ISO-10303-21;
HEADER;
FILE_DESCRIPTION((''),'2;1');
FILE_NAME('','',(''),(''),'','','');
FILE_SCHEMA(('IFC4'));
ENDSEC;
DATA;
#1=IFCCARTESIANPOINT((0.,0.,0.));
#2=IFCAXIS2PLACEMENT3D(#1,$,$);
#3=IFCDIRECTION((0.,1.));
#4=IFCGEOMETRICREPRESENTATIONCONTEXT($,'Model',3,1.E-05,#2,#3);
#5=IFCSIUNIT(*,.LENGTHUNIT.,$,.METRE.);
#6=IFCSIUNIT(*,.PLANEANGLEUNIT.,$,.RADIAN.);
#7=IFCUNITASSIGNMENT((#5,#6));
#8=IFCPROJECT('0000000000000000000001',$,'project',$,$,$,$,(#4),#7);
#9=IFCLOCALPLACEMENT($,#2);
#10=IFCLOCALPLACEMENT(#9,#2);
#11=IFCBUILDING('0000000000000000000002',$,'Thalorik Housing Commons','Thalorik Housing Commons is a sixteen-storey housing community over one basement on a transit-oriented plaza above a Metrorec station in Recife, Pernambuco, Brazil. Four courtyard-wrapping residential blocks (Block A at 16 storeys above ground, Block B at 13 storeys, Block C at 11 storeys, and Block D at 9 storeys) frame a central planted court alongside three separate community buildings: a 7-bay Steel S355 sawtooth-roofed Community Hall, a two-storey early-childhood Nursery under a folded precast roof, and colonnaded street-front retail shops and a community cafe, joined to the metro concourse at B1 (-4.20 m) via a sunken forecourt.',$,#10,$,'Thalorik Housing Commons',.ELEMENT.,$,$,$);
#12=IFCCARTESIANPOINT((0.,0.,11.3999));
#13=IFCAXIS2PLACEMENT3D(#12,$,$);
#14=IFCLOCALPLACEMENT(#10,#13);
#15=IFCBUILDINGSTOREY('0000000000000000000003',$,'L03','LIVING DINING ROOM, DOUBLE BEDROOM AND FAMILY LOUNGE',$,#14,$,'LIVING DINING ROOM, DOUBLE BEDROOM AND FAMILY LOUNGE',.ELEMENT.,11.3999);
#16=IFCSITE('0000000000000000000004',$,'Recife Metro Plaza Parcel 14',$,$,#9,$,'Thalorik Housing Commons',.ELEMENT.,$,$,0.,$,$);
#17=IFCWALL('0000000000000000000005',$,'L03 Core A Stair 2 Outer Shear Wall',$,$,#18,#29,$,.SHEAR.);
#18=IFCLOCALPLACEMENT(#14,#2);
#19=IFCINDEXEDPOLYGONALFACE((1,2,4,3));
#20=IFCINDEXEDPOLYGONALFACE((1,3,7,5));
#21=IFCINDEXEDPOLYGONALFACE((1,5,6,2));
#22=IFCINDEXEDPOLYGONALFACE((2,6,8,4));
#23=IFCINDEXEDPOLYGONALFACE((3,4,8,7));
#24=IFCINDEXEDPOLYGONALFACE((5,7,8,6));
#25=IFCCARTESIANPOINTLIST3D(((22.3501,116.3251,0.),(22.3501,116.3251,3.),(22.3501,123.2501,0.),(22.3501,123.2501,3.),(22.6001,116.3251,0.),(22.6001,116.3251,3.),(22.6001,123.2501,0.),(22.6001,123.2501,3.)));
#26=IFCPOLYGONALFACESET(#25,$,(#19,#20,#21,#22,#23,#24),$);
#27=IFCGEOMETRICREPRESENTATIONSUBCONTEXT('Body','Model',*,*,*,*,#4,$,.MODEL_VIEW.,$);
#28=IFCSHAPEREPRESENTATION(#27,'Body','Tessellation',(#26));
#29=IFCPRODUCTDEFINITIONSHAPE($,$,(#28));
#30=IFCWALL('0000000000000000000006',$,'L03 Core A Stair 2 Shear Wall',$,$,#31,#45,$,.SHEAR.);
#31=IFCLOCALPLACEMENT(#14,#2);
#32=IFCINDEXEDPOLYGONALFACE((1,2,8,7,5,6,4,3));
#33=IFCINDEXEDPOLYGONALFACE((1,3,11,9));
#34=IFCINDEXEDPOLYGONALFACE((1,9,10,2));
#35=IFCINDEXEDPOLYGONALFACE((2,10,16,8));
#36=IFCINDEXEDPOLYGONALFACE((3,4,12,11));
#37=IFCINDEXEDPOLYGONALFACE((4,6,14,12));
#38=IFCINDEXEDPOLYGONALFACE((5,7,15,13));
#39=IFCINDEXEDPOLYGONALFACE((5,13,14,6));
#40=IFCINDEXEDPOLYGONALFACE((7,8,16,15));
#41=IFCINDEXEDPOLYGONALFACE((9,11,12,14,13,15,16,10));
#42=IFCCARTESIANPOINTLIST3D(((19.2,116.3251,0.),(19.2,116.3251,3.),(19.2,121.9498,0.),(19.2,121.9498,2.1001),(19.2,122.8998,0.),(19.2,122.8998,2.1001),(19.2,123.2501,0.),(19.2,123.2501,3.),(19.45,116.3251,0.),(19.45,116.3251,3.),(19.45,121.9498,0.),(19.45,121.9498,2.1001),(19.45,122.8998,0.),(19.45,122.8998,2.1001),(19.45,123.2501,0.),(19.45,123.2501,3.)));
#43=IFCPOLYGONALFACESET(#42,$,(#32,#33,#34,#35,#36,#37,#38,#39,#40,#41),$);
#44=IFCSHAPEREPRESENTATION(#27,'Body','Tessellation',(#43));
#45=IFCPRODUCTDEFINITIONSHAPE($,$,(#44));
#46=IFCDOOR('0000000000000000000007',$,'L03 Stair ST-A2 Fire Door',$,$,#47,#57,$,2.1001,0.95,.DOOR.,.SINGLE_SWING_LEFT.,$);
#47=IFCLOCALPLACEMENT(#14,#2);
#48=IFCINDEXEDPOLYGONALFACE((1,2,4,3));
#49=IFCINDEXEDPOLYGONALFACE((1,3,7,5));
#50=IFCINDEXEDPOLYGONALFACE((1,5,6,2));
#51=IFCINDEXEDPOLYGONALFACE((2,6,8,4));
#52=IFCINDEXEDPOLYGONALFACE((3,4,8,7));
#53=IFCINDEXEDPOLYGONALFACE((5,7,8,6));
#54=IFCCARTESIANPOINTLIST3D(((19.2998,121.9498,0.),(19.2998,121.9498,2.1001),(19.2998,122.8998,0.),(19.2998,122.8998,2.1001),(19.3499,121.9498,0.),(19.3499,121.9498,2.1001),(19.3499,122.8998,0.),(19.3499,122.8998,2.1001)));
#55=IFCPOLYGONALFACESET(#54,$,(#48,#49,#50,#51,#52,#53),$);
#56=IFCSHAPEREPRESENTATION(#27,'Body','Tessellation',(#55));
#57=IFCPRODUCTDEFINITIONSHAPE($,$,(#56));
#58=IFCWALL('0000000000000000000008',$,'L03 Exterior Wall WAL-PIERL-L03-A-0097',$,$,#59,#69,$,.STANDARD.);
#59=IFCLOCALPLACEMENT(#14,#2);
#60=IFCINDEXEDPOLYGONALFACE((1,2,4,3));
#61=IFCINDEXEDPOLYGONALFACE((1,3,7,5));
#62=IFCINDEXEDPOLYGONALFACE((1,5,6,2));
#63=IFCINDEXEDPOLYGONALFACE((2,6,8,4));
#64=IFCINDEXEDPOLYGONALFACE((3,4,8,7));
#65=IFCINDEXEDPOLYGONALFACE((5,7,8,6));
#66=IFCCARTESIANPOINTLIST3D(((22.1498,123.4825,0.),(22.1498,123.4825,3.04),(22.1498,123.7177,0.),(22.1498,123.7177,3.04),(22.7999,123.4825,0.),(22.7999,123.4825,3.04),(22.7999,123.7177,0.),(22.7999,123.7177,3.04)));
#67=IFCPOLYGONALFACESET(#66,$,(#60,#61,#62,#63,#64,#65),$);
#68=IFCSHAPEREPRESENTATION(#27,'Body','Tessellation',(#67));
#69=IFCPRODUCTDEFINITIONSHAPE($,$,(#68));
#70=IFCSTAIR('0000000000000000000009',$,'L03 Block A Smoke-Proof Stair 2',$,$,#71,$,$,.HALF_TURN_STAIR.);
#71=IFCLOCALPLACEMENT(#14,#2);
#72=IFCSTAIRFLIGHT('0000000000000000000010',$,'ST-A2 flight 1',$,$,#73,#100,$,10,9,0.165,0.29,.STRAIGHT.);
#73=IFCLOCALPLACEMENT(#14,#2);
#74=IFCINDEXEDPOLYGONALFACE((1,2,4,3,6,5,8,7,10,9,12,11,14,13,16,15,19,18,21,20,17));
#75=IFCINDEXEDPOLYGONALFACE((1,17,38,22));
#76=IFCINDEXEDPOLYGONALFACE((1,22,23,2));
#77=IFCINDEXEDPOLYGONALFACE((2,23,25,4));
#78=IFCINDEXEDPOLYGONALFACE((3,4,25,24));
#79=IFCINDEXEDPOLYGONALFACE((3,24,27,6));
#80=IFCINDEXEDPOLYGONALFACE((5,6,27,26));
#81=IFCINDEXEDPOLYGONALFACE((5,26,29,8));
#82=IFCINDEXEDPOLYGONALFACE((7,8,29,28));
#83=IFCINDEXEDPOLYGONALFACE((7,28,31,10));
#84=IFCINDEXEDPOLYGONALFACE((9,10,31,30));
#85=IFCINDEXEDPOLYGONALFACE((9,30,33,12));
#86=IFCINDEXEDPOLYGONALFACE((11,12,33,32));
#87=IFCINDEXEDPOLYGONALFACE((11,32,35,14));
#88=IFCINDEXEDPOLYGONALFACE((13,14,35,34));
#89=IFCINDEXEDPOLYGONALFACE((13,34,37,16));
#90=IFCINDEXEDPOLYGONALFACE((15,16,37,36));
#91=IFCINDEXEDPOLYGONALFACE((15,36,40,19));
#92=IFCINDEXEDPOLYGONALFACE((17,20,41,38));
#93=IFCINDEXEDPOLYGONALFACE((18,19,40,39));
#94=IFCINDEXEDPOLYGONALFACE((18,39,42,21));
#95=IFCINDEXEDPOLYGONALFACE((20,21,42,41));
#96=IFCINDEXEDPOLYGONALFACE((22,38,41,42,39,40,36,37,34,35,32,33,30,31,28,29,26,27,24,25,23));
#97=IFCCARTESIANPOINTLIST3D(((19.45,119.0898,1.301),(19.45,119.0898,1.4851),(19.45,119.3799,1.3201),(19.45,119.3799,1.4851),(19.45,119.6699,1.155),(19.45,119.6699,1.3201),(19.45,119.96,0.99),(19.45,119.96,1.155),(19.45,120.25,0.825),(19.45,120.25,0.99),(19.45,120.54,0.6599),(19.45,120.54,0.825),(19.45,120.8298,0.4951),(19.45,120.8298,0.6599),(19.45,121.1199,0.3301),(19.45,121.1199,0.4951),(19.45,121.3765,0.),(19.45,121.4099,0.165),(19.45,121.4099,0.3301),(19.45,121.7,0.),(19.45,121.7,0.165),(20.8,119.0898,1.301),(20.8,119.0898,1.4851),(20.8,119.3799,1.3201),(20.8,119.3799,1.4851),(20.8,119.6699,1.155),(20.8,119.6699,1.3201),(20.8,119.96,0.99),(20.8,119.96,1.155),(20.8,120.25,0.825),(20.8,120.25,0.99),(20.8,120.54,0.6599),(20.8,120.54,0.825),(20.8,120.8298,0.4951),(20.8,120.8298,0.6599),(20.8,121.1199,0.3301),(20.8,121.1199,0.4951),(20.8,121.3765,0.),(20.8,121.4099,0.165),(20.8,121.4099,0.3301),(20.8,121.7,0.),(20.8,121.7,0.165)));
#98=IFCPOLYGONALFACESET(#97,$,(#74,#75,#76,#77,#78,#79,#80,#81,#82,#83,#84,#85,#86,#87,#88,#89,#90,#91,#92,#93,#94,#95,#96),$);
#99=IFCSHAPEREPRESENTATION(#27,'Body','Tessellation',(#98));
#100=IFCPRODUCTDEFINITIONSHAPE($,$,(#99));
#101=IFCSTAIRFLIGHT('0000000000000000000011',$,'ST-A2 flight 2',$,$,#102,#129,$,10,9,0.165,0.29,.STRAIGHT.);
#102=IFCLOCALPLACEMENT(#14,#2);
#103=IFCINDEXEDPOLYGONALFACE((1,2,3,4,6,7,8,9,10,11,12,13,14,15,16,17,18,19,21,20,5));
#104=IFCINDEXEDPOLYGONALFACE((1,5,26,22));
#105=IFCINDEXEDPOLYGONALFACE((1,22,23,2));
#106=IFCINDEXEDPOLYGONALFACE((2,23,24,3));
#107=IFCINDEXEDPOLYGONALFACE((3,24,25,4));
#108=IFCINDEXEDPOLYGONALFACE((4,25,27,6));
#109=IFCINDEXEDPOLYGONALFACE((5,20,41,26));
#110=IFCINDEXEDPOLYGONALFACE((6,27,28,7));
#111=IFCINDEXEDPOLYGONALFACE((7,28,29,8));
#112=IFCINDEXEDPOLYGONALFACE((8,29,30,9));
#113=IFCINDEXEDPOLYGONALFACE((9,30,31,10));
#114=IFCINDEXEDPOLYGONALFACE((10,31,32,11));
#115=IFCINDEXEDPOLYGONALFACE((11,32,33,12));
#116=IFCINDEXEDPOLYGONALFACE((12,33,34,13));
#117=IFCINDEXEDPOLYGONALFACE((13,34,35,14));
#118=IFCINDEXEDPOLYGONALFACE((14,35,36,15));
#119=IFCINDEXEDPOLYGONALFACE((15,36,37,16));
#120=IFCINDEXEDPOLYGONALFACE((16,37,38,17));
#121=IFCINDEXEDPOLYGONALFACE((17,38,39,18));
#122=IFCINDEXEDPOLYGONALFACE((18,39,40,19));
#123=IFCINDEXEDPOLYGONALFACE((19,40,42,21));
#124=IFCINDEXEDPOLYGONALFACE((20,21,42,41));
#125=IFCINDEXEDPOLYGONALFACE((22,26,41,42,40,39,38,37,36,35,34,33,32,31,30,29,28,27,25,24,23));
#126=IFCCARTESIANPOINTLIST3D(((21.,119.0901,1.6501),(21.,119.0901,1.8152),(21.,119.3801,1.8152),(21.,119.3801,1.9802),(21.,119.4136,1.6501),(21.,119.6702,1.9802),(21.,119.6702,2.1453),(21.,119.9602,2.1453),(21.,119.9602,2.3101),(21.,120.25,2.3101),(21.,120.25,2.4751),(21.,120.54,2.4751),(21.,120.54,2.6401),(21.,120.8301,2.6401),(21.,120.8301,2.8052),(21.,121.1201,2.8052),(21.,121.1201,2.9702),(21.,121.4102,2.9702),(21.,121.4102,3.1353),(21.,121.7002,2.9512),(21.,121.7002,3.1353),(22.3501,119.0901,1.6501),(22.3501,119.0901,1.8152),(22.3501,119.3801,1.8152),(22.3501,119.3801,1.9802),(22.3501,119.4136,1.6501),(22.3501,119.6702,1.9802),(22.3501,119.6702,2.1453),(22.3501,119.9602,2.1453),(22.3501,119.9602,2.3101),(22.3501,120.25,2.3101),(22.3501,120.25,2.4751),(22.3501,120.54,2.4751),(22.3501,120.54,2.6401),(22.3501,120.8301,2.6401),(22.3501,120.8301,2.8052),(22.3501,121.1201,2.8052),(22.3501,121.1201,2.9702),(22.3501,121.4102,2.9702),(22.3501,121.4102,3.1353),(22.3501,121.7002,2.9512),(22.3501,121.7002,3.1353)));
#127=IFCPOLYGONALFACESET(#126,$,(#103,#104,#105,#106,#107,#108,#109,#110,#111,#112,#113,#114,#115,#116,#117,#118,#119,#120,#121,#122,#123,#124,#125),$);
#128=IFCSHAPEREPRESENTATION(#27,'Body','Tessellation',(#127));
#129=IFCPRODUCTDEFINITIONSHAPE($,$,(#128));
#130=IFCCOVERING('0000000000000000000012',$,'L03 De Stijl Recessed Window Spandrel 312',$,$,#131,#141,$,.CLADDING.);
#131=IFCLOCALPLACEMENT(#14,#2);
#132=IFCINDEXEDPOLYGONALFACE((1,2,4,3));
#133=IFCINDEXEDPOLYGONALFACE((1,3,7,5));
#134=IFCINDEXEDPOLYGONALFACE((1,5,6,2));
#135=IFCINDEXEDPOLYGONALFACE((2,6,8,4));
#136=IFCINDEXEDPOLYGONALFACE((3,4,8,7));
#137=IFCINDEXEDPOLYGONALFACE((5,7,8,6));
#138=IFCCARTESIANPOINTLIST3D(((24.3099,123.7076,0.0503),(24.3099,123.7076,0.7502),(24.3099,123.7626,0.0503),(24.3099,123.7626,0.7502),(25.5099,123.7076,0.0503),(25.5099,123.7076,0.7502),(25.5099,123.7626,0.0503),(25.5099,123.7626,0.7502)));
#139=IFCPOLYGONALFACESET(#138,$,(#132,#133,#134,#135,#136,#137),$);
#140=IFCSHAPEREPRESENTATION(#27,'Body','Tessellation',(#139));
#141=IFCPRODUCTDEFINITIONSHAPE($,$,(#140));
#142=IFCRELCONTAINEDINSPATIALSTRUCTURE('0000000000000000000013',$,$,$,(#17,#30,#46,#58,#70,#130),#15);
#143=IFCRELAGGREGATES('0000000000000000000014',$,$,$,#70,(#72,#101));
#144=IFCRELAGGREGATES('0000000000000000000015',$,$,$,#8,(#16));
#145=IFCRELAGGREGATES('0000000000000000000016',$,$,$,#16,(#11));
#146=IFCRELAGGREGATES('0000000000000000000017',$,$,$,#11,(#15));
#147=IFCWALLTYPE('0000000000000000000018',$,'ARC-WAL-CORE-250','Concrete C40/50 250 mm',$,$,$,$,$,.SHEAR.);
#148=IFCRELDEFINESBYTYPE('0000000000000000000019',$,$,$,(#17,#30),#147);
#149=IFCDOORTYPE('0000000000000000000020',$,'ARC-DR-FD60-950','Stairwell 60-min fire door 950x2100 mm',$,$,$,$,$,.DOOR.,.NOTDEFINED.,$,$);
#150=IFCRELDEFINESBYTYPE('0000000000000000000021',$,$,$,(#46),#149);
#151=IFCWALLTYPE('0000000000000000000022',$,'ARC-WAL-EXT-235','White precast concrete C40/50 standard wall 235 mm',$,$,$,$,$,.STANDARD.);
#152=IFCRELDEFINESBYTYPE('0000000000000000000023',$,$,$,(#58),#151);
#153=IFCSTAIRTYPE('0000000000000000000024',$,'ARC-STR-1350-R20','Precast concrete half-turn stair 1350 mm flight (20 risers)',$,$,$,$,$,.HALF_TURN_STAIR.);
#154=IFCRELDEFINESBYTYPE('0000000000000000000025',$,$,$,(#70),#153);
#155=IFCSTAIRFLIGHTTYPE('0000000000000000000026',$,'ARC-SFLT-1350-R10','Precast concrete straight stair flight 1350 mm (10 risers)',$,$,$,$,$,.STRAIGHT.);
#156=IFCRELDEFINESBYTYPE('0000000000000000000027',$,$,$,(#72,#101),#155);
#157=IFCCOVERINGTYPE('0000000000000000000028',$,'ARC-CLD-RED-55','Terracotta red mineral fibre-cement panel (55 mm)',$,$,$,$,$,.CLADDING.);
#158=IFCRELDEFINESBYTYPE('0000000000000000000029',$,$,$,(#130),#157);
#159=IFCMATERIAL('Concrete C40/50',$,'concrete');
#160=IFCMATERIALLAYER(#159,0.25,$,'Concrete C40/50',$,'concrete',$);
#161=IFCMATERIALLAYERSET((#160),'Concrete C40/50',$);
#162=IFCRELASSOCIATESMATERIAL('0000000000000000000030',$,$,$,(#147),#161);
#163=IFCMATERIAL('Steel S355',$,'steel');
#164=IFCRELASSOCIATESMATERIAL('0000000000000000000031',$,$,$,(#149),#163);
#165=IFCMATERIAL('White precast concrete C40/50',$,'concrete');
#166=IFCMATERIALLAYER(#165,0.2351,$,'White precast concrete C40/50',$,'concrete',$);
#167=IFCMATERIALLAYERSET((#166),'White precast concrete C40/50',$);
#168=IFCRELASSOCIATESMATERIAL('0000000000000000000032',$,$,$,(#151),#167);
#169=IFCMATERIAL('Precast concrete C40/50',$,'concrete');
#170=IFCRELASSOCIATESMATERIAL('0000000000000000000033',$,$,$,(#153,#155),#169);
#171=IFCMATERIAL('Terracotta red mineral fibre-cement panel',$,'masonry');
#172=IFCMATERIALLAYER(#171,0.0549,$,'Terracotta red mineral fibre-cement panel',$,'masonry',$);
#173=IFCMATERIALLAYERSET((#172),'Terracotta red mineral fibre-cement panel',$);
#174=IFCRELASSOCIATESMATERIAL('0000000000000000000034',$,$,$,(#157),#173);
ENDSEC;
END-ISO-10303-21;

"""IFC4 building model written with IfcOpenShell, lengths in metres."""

from ifc_helpers import new_model, si_unit, direction, frame, frame_2d, origin, origin_2d, place, context, subcontext, project, spatial, polyline, rectangle, outline, extrude, material, layer, layer_set, type_object, element, fill, aggregate, save


model = new_model("IFC4")

# Units and contexts
model_context = context("Model", 3, precision=1e-05, world=origin(), true_north=direction((0.0, 1.0)))
body_context = subcontext(model_context, "Body", "Model", "MODEL_VIEW")
ifc_project = project(units=[si_unit("LENGTHUNIT", "METRE"), si_unit("PLANEANGLEUNIT", "RADIAN")], contexts=[model_context])

# Site, building, storey
site_placement = place(None, origin())
site = spatial("IfcSite", under=ifc_project, at=site_placement, Name="Recife Metro Plaza Parcel 14", LongName="Thalorik Housing Commons", CompositionType="ELEMENT", RefElevation=0.0)
building_placement = place(site_placement, origin())
building = spatial("IfcBuilding", under=site, at=building_placement, Name="Thalorik Housing Commons", Description="Thalorik Housing Commons is a sixteen-storey housing community over one basement on a transit-oriented plaza above a Metrorec station in Recife, Pernambuco, Brazil. Four courtyard-wrapping residential blocks (Block A at 16 storeys above ground, Block B at 13 storeys, Block C at 11 storeys, and Block D at 9 storeys) frame a central planted court alongside three separate community buildings: a 7-bay Steel S355 sawtooth-roofed Community Hall, a two-storey early-childhood Nursery under a folded precast roof, and colonnaded street-front retail shops and a community cafe, joined to the metro concourse at B1 (-4.20 m) via a sunken forecourt.", LongName="Thalorik Housing Commons", CompositionType="ELEMENT")
storey_placement = place(building_placement, frame((0.0, 0.0, 11.3999)))
storey = spatial("IfcBuildingStorey", under=building, at=storey_placement, Name="L03", Description="LIVING DINING ROOM, DOUBLE BEDROOM AND FAMILY LOUNGE", LongName="LIVING DINING ROOM, DOUBLE BEDROOM AND FAMILY LOUNGE", CompositionType="ELEMENT", Elevation=11.3999)

# Shared definitions
ifc_material_1 = material(Name="Precast concrete C40/50", Category="concrete")

# Wall
ifc_material_2 = material(Name="Concrete C40/50", Category="concrete")
ifc_layer_1 = layer(ifc_material_2, 0.25, Name="Concrete C40/50", Category="concrete")
ifc_layer_set_1 = layer_set([ifc_layer_1], Name="Concrete C40/50")
wall_type_1 = type_object("IfcWallType", Name="ARC-WAL-CORE-250", Description="Concrete C40/50 250 mm", PredefinedType="SHEAR", material=ifc_layer_set_1)
wall_1_placement = place(storey_placement, frame((22.4751, 123.25, 0.0), z_axis=(0.0, 0.0, 1.0), x_axis=(0.0, -1.0, 0.0)))
element("IfcWall", 1, at=wall_1_placement, inside=storey, type_object=wall_type_1, Name="L03 Core A Stair 2 Outer Shear Wall", PredefinedType="SHEAR", context=body_context, shape_type="SweptSolid", body=[
    extrude(rectangle(XDim=6.925, YDim=0.25, at=frame_2d((3.4624, 0.0))), origin(), (0.0, 0.0, 1.0), 3.0),
])

# Wall, opening, door
wall_2_placement = place(storey_placement, frame((19.325, 123.25, 0.0), z_axis=(0.0, 0.0, 1.0), x_axis=(0.0, -1.0, 0.0)))
wall_2 = element("IfcWall", 2, at=wall_2_placement, inside=storey, type_object=wall_type_1, Name="L03 Core A Stair 2 Shear Wall", PredefinedType="SHEAR", context=body_context, shape_type="SweptSolid", body=[
    extrude(rectangle(XDim=6.925, YDim=0.25, at=frame_2d((3.4624, 0.0))), origin(), (0.0, 0.0, 1.0), 3.0),
])
opening_1_placement = place(wall_2_placement, frame((0.3501, 0.0, 0.0)))
opening_1 = element("IfcOpeningElement", 3, at=opening_1_placement, cuts=wall_2, PredefinedType="OPENING", context=body_context, shape_type="SweptSolid", body=[
    extrude(rectangle(XDim=0.95, YDim=2.1001, at=frame_2d((0.4751, 1.05))), frame((0.0, 0.135, 0.0), z_axis=(0.0, -1.0, 0.0), x_axis=(1.0, 0.0, 0.0)), (0.0, 0.0, 1.0), 0.27),
])
ifc_material_3 = material(Name="Steel S355", Category="steel")
door_type_1 = type_object("IfcDoorType", Name="ARC-DR-FD60-950", Description="Stairwell 60-min fire door 950x2100 mm", OperationType="NOTDEFINED", PredefinedType="DOOR", material=ifc_material_3)
door_1_placement = place(opening_1_placement, origin())
door_1 = element("IfcDoor", 4, at=door_1_placement, inside=storey, type_object=door_type_1, Name="L03 Stair ST-A2 Fire Door", OperationType="SINGLE_SWING_LEFT", OverallHeight=2.1001, OverallWidth=0.95, PredefinedType="DOOR", context=body_context, shape_type="SweptSolid", body=[
    extrude(rectangle(XDim=0.95, YDim=2.1001, at=frame_2d((0.4751, 1.05))), frame((0.0, 0.0249, 0.0), z_axis=(0.0, -1.0, 0.0), x_axis=(1.0, 0.0, 0.0)), (0.0, 0.0, 1.0), 0.05),
])
fill(opening_1, door_1)

# Shared definitions
ifc_material_4 = material(Name="White precast concrete C40/50", Category="concrete")
ifc_layer_2 = layer(ifc_material_4, 0.2351, Name="White precast concrete C40/50", Category="concrete")
ifc_layer_set_2 = layer_set([ifc_layer_2], Name="White precast concrete C40/50")
wall_type_2 = type_object("IfcWallType", Name="ARC-WAL-EXT-235", Description="White precast concrete C40/50 standard wall 235 mm", PredefinedType="STANDARD", material=ifc_layer_set_2)

# Wall
wall_3_placement = place(storey_placement, frame((22.8, 123.6001, 0.0), z_axis=(0.0, 0.0, 1.0), x_axis=(-1.0, 0.0, 0.0)))
element("IfcWall", 5, at=wall_3_placement, inside=storey, type_object=wall_type_2, Name="L03 Exterior Wall WAL-PIERL-L03-A-0097", PredefinedType="STANDARD", context=body_context, shape_type="SweptSolid", body=[
    extrude(rectangle(XDim=0.6501, YDim=0.2351, at=frame_2d((0.3252, 0.0))), origin(), (0.0, 0.0, 1.0), 3.04),
])

# Stair, stair flights
stair_type = type_object("IfcStairType", Name="ARC-STR-1350-R20", Description="Precast concrete half-turn stair 1350 mm flight (20 risers)", PredefinedType="HALF_TURN_STAIR", material=ifc_material_1)
stair_placement = place(storey_placement, origin())
stair = element("IfcStair", 6, at=stair_placement, inside=storey, type_object=stair_type, Name="L03 Block A Smoke-Proof Stair 2", PredefinedType="HALF_TURN_STAIR")
stair_flight_type = type_object("IfcStairFlightType", Name="ARC-SFLT-1350-R10", Description="Precast concrete straight stair flight 1350 mm (10 risers)", PredefinedType="STRAIGHT", material=ifc_material_1)
stair_flight_1_placement = place(storey_placement, frame((20.125, 121.7, 0.0), z_axis=(0.0, 0.0, 1.0), x_axis=(0.0, -1.0, 0.0)))
stair_flight_1 = element("IfcStairFlight", 7, at=stair_flight_1_placement, type_object=stair_flight_type, Name="ST-A2 flight 1", NumberOfRisers=10, NumberOfTreads=9, PredefinedType="STRAIGHT", RiserHeight=0.165, TreadLength=0.29, context=body_context, shape_type="SweptSolid", body=[
    extrude(outline(polyline([(0.0, 0.0), (0.0, 0.165), (0.29, 0.165), (0.29, 0.3301), (0.5801, 0.3301), (0.5801, 0.4951), (0.8701, 0.4951), (0.8701, 0.6599), (1.1599, 0.6599), (1.1599, 0.825), (1.45, 0.825), (1.45, 0.99), (1.74, 0.99), (1.74, 1.155), (2.03, 1.155), (2.03, 1.3201), (2.3201, 1.3201), (2.3201, 1.4851), (2.6101, 1.4851), (2.6101, 1.6499), (2.6101, 1.301), (0.3235, 0.0), (0.0, 0.0)])), frame((0.0, 0.675, 0.0), z_axis=(0.0, -1.0, 0.0), x_axis=(1.0, 0.0, 0.0)), (0.0, 0.0, 1.0), 1.3501),
])
stair_flight_2_placement = place(storey_placement, frame((21.675, 119.0901, 1.6501), z_axis=(0.0, 0.0, 1.0), x_axis=(0.0, 1.0, 0.0)))
stair_flight_2 = element("IfcStairFlight", 8, at=stair_flight_2_placement, type_object=stair_flight_type, Name="ST-A2 flight 2", NumberOfRisers=10, NumberOfTreads=9, PredefinedType="STRAIGHT", RiserHeight=0.165, TreadLength=0.29, context=body_context, shape_type="SweptSolid", body=[
    extrude(outline(polyline([(0.0, 0.0), (0.0, 0.165), (0.29, 0.165), (0.29, 0.3301), (0.5801, 0.3301), (0.5801, 0.4951), (0.8701, 0.4951), (0.8701, 0.6599), (1.1599, 0.6599), (1.1599, 0.825), (1.45, 0.825), (1.45, 0.99), (1.74, 0.99), (1.74, 1.155), (2.03, 1.155), (2.03, 1.3201), (2.3201, 1.3201), (2.3201, 1.4851), (2.6101, 1.4851), (2.6101, 1.6499), (2.6101, 1.301), (0.3235, 0.0), (0.0, 0.0)])), frame((0.0, 0.675, 0.0), z_axis=(0.0, -1.0, 0.0), x_axis=(1.0, 0.0, 0.0)), (0.0, 0.0, 1.0), 1.3501),
])
aggregate(stair, [stair_flight_1, stair_flight_2])

# Covering
ifc_material_5 = material(Name="Terracotta red mineral fibre-cement panel", Category="masonry")
ifc_layer_3 = layer(ifc_material_5, 0.0549, Name="Terracotta red mineral fibre-cement panel", Category="masonry")
ifc_layer_set_3 = layer_set([ifc_layer_3], Name="Terracotta red mineral fibre-cement panel")
covering_type_1 = type_object("IfcCoveringType", Name="ARC-CLD-RED-55", Description="Terracotta red mineral fibre-cement panel (55 mm)", PredefinedType="CLADDING", material=ifc_layer_set_3)
covering_1_placement = place(storey_placement, frame((24.9099, 123.7351, 0.0503), z_axis=(0.0, 0.0, 1.0), x_axis=(-1.0, 0.0, 0.0)))
element("IfcCovering", 9, at=covering_1_placement, inside=storey, type_object=covering_type_1, Name="L03 De Stijl Recessed Window Spandrel 312", PredefinedType="CLADDING", context=body_context, shape_type="SweptSolid", body=[
    extrude(rectangle(XDim=1.2, YDim=0.0549, at=origin_2d()), origin(), (0.0, 0.0, 1.0), 0.7),
])

save(model, "model.ifc")
